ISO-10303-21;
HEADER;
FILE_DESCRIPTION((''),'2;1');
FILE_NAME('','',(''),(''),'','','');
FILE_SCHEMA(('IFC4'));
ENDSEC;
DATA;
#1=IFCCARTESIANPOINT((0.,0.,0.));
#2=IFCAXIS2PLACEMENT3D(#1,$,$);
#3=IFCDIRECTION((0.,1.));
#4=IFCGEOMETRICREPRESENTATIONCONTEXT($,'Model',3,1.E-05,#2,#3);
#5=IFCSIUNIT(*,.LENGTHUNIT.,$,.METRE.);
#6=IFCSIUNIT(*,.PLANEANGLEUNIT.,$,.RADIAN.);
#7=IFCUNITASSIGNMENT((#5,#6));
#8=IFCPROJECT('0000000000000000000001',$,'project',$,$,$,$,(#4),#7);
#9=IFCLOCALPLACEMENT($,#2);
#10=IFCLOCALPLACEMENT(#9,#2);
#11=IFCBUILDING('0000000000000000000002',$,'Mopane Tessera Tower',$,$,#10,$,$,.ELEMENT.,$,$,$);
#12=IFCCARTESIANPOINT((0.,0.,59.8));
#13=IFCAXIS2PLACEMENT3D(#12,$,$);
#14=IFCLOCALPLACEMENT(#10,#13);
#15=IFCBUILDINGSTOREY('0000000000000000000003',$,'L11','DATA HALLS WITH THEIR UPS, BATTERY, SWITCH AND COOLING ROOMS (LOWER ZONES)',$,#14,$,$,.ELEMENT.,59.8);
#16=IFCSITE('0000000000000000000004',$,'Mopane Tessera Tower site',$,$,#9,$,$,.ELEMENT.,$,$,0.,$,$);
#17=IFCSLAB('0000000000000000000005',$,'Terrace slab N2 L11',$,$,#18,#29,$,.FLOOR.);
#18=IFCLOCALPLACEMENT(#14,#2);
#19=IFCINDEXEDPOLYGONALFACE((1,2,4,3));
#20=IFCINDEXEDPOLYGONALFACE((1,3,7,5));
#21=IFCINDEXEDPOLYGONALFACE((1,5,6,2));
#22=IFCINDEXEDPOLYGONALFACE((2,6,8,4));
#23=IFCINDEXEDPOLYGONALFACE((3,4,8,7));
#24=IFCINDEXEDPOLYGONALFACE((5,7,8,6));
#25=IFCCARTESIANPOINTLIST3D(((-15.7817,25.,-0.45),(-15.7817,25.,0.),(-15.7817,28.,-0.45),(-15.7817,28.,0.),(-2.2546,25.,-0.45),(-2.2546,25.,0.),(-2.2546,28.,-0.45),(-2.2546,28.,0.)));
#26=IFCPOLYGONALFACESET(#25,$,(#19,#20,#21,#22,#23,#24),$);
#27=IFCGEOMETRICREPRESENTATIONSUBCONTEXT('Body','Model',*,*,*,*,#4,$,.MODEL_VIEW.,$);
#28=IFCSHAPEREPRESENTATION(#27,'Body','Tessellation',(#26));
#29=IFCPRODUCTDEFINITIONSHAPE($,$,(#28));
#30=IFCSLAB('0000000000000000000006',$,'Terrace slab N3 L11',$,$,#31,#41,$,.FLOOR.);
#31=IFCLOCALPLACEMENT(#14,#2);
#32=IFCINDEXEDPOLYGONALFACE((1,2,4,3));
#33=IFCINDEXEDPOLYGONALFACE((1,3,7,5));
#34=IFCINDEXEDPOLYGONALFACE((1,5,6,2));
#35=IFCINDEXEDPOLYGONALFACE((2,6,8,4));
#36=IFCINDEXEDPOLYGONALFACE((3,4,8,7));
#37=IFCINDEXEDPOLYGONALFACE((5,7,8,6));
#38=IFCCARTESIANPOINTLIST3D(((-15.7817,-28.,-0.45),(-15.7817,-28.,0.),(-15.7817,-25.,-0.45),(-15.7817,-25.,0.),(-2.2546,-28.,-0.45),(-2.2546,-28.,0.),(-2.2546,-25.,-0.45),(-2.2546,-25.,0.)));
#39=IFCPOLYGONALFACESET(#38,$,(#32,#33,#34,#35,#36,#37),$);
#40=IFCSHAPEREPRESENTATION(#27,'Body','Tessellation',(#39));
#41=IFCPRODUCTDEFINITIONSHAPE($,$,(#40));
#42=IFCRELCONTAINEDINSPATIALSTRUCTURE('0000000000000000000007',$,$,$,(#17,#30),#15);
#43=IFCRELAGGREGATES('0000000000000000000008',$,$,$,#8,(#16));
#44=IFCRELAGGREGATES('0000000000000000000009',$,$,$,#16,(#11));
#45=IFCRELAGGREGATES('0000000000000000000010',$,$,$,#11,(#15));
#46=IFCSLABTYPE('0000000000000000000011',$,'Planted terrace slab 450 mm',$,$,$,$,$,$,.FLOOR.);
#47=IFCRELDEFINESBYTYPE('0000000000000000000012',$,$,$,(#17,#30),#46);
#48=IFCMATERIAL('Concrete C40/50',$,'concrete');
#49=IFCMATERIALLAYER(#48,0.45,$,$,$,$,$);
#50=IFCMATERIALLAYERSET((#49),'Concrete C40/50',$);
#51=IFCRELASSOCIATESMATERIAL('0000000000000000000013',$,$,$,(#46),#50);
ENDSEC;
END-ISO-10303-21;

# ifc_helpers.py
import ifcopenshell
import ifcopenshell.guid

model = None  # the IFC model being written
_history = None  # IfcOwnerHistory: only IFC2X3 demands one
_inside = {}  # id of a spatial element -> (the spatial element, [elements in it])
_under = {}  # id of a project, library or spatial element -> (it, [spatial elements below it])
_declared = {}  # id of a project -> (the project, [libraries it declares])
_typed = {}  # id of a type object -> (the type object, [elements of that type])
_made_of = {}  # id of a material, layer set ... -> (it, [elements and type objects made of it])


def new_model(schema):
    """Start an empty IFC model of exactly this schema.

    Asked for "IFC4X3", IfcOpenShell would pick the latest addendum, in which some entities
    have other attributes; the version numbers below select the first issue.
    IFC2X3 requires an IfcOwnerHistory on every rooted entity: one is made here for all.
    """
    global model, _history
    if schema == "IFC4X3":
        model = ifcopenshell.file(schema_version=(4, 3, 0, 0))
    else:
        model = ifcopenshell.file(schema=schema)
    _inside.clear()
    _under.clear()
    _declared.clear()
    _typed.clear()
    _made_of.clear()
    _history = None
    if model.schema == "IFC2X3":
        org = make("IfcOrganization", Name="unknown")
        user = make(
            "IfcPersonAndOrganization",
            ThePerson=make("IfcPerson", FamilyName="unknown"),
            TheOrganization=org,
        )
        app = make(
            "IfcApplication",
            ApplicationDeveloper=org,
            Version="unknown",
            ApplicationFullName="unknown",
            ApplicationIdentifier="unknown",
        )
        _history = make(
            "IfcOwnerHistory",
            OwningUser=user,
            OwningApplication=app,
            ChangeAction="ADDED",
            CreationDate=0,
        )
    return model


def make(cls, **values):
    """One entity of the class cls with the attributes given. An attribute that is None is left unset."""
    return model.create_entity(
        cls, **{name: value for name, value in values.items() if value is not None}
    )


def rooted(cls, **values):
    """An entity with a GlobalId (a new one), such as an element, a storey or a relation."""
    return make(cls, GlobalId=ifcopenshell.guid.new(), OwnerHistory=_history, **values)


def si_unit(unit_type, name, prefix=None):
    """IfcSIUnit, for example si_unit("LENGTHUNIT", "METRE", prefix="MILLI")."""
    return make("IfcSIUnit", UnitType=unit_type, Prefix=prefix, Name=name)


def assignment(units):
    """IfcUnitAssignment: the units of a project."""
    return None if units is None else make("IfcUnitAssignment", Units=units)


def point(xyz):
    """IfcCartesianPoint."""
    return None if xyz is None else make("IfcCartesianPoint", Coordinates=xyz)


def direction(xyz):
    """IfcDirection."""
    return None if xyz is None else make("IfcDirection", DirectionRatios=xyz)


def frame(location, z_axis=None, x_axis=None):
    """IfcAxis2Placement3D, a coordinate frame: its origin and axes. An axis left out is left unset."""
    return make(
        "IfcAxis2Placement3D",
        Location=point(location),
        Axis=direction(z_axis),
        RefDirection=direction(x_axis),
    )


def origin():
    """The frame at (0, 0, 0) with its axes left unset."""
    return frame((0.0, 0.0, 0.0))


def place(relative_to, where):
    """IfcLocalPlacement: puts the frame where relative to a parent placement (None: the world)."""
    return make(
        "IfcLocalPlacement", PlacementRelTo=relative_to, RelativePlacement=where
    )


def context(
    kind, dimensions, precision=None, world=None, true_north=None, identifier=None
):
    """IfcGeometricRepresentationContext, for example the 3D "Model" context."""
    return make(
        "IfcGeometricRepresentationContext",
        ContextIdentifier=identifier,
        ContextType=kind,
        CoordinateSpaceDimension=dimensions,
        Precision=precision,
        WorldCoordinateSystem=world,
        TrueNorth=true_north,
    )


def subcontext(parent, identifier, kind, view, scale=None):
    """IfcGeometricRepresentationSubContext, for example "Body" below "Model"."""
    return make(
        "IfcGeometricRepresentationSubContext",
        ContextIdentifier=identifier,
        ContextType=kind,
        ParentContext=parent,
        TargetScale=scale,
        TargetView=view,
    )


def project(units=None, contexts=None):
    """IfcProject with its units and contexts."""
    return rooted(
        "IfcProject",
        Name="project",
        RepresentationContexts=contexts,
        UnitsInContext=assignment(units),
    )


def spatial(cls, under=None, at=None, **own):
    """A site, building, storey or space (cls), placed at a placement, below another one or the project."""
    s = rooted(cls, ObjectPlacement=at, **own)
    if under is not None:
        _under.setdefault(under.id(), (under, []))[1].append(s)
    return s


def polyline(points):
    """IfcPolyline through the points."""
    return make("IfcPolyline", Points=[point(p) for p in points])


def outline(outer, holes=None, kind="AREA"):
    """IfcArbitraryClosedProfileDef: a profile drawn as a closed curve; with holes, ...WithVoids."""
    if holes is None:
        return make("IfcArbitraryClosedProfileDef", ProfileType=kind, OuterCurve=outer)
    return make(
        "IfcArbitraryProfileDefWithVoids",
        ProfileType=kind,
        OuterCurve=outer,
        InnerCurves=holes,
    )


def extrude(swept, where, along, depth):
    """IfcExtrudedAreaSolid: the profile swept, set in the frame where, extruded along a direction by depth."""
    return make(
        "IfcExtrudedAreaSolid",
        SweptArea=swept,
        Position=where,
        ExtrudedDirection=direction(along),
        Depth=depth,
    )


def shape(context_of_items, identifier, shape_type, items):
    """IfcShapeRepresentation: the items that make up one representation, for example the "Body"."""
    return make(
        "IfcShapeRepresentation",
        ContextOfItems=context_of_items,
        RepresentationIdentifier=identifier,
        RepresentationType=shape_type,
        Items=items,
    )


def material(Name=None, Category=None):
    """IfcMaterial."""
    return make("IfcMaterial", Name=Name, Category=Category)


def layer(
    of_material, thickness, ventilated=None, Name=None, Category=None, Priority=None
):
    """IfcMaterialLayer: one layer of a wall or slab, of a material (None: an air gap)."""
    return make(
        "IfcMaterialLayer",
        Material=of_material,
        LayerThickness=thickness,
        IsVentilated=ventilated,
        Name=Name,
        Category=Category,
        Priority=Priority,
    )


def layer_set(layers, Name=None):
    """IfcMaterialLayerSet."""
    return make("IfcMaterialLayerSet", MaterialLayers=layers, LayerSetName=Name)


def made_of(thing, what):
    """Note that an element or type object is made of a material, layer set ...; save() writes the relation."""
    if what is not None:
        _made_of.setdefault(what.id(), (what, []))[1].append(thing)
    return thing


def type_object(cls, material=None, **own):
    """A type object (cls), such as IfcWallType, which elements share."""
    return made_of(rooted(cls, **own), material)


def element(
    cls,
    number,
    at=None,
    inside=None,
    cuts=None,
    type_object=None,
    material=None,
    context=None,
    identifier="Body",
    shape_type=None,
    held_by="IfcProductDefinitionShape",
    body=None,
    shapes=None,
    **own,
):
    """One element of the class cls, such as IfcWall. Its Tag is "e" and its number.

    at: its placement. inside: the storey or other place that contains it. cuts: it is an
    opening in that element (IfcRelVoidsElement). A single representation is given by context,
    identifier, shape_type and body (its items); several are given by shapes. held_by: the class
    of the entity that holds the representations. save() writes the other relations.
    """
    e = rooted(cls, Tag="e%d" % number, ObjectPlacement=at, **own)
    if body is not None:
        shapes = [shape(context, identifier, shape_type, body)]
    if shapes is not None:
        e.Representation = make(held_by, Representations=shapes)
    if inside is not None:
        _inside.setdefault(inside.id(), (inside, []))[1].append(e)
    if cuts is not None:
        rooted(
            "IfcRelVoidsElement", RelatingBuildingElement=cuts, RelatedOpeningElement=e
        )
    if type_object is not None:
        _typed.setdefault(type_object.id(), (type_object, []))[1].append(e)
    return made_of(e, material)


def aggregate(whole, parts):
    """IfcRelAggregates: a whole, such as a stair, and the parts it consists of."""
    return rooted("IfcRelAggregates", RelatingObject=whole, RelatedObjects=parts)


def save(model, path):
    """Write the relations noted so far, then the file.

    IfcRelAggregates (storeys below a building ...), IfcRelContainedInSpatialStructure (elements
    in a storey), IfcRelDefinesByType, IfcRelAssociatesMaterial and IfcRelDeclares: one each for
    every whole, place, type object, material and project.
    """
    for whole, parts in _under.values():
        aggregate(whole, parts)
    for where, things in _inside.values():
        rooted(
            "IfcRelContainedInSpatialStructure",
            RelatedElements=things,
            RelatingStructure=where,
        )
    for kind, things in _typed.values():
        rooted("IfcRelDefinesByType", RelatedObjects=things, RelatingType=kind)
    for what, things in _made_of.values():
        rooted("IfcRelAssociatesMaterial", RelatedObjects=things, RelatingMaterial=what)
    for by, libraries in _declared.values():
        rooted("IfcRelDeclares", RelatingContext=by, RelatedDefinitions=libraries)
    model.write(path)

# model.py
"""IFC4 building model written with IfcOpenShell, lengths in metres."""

from ifc_helpers import new_model, si_unit, direction, frame, origin, place, context, subcontext, project, spatial, polyline, outline, extrude, material, layer, layer_set, type_object, element, save


model = new_model("IFC4")

# Units and contexts
model_context = context("Model", 3, precision=1e-05, world=origin(), true_north=direction((0.0, 1.0)))
body_context = subcontext(model_context, "Body", "Model", "MODEL_VIEW")
ifc_project = project(units=[si_unit("LENGTHUNIT", "METRE"), si_unit("PLANEANGLEUNIT", "RADIAN")], contexts=[model_context])

# Site, building, storey
site_placement = place(None, origin())
site = spatial("IfcSite", under=ifc_project, at=site_placement, Name="Mopane Tessera Tower site", CompositionType="ELEMENT", RefElevation=0.0)
building_placement = place(site_placement, origin())
building = spatial("IfcBuilding", under=site, at=building_placement, Name="Mopane Tessera Tower", CompositionType="ELEMENT")
storey_placement = place(building_placement, frame((0.0, 0.0, 59.8)))
storey = spatial("IfcBuildingStorey", under=building, at=storey_placement, Name="L11", Description="DATA HALLS WITH THEIR UPS, BATTERY, SWITCH AND COOLING ROOMS (LOWER ZONES)", CompositionType="ELEMENT", Elevation=59.8)

# Slabs
ifc_material_1 = material(Name="Concrete C40/50", Category="concrete")
ifc_layer_1 = layer(ifc_material_1, 0.45)
ifc_layer_set_1 = layer_set([ifc_layer_1], Name="Concrete C40/50")
slab_type_1 = type_object("IfcSlabType", Name="Planted terrace slab 450 mm", PredefinedType="FLOOR", material=ifc_layer_set_1)
slab_1_placement = place(storey_placement, frame((0.0, 0.0, -0.45)))
element("IfcSlab", 1, at=slab_1_placement, inside=storey, type_object=slab_type_1, Name="Terrace slab N2 L11", PredefinedType="FLOOR", context=body_context, shape_type="SweptSolid", body=[
    extrude(outline(polyline([(-15.7817, 28.0), (-15.7817, 25.0), (-2.2546, 25.0), (-2.2546, 28.0), (-15.7817, 28.0)])), origin(), (0.0, 0.0, 1.0), 0.45),
])
slab_2_placement = place(storey_placement, frame((0.0, 0.0, -0.45)))
element("IfcSlab", 2, at=slab_2_placement, inside=storey, type_object=slab_type_1, Name="Terrace slab N3 L11", PredefinedType="FLOOR", context=body_context, shape_type="SweptSolid", body=[
    extrude(outline(polyline([(-2.2546, -28.0), (-2.2546, -25.0), (-15.7817, -25.0), (-15.7817, -28.0), (-2.2546, -28.0)])), origin(), (0.0, 0.0, 1.0), 0.45),
])

save(model, "model.ifc")
